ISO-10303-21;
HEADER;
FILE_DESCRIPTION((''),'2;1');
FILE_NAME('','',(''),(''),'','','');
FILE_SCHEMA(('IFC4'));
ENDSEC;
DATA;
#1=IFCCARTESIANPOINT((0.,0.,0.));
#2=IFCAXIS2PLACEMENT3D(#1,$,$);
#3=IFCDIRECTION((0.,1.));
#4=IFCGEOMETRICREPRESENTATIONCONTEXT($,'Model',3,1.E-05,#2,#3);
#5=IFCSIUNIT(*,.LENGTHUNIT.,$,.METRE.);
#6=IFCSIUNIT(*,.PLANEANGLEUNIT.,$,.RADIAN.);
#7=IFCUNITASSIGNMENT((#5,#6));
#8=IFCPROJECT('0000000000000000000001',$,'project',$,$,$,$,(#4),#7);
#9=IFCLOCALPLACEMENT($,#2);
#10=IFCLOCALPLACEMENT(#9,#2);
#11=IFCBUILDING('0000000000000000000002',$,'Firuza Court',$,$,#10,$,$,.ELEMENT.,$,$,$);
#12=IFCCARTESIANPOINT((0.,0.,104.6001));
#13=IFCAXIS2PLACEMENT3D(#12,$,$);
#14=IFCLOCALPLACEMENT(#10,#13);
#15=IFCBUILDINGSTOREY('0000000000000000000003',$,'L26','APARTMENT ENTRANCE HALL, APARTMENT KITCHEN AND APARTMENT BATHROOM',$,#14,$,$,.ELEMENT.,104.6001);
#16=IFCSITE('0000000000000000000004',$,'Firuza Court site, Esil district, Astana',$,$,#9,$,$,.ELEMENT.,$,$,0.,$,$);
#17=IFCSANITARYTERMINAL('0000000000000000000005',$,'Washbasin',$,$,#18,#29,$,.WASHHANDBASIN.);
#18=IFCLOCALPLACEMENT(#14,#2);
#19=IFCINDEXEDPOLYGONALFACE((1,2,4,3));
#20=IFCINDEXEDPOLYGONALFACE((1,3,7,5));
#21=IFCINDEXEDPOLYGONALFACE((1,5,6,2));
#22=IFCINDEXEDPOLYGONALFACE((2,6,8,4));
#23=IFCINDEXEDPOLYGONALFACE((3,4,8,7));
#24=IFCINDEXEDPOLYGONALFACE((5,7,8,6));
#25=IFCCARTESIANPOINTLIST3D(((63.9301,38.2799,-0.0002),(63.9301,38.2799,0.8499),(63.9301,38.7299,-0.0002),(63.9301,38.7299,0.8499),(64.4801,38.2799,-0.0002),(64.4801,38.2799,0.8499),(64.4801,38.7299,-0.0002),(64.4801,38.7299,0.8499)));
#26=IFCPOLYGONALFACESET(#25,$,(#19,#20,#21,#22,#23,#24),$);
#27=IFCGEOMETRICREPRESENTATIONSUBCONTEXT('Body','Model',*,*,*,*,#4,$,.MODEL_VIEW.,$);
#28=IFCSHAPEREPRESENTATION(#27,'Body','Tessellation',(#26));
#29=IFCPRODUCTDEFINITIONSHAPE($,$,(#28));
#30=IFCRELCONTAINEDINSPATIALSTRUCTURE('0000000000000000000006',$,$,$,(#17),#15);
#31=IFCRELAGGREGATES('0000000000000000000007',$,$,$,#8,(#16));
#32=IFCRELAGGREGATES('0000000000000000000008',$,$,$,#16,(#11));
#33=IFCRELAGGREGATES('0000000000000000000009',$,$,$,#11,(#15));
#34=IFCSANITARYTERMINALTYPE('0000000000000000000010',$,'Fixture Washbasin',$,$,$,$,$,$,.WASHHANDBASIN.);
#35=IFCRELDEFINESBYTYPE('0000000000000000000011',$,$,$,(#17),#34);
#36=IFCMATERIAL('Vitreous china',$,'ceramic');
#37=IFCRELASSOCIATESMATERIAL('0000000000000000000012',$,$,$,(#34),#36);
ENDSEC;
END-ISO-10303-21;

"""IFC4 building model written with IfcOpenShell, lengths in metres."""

from ifc_helpers import new_model, si_unit, direction, frame, origin, origin_2d, place, context, subcontext, project, spatial, rectangle, extrude, material, type_object, element, save


model = new_model("IFC4")

# Units and contexts
model_context = context("Model", 3, precision=1e-05, world=origin(), true_north=direction((0.0, 1.0)))
body_context = subcontext(model_context, "Body", "Model", "MODEL_VIEW")
ifc_project = project(units=[si_unit("LENGTHUNIT", "METRE"), si_unit("PLANEANGLEUNIT", "RADIAN")], contexts=[model_context])

# Site, building, storey
site_placement = place(None, origin())
site = spatial("IfcSite", under=ifc_project, at=site_placement, Name="Firuza Court site, Esil district, Astana", CompositionType="ELEMENT", RefElevation=0.0)
building_placement = place(site_placement, origin())
building = spatial("IfcBuilding", under=site, at=building_placement, Name="Firuza Court", CompositionType="ELEMENT")
storey_placement = place(building_placement, frame((0.0, 0.0, 104.6001)))
storey = spatial("IfcBuildingStorey", under=building, at=storey_placement, Name="L26", Description="APARTMENT ENTRANCE HALL, APARTMENT KITCHEN AND APARTMENT BATHROOM", CompositionType="ELEMENT", Elevation=104.6001)

# Sanitary terminal
ifc_material_1 = material(Name="Vitreous china", Category="ceramic")
sanitary_terminal_type_1 = type_object("IfcSanitaryTerminalType", Name="Fixture Washbasin", PredefinedType="WASHHANDBASIN", material=ifc_material_1)
sanitary_terminal_1_placement = place(storey_placement, frame((64.2051, 38.5049, -0.0002), z_axis=(0.0, 0.0, 1.0), x_axis=(1.0, 0.0, 0.0)))
element("IfcSanitaryTerminal", 1, at=sanitary_terminal_1_placement, inside=storey, type_object=sanitary_terminal_type_1, Name="Washbasin", PredefinedType="WASHHANDBASIN", context=body_context, shape_type="SweptSolid", body=[
    extrude(rectangle(XDim=0.55, YDim=0.45, at=origin_2d()), origin(), (0.0, 0.0, 1.0), 0.8501),
])

save(model, "model.ifc")
